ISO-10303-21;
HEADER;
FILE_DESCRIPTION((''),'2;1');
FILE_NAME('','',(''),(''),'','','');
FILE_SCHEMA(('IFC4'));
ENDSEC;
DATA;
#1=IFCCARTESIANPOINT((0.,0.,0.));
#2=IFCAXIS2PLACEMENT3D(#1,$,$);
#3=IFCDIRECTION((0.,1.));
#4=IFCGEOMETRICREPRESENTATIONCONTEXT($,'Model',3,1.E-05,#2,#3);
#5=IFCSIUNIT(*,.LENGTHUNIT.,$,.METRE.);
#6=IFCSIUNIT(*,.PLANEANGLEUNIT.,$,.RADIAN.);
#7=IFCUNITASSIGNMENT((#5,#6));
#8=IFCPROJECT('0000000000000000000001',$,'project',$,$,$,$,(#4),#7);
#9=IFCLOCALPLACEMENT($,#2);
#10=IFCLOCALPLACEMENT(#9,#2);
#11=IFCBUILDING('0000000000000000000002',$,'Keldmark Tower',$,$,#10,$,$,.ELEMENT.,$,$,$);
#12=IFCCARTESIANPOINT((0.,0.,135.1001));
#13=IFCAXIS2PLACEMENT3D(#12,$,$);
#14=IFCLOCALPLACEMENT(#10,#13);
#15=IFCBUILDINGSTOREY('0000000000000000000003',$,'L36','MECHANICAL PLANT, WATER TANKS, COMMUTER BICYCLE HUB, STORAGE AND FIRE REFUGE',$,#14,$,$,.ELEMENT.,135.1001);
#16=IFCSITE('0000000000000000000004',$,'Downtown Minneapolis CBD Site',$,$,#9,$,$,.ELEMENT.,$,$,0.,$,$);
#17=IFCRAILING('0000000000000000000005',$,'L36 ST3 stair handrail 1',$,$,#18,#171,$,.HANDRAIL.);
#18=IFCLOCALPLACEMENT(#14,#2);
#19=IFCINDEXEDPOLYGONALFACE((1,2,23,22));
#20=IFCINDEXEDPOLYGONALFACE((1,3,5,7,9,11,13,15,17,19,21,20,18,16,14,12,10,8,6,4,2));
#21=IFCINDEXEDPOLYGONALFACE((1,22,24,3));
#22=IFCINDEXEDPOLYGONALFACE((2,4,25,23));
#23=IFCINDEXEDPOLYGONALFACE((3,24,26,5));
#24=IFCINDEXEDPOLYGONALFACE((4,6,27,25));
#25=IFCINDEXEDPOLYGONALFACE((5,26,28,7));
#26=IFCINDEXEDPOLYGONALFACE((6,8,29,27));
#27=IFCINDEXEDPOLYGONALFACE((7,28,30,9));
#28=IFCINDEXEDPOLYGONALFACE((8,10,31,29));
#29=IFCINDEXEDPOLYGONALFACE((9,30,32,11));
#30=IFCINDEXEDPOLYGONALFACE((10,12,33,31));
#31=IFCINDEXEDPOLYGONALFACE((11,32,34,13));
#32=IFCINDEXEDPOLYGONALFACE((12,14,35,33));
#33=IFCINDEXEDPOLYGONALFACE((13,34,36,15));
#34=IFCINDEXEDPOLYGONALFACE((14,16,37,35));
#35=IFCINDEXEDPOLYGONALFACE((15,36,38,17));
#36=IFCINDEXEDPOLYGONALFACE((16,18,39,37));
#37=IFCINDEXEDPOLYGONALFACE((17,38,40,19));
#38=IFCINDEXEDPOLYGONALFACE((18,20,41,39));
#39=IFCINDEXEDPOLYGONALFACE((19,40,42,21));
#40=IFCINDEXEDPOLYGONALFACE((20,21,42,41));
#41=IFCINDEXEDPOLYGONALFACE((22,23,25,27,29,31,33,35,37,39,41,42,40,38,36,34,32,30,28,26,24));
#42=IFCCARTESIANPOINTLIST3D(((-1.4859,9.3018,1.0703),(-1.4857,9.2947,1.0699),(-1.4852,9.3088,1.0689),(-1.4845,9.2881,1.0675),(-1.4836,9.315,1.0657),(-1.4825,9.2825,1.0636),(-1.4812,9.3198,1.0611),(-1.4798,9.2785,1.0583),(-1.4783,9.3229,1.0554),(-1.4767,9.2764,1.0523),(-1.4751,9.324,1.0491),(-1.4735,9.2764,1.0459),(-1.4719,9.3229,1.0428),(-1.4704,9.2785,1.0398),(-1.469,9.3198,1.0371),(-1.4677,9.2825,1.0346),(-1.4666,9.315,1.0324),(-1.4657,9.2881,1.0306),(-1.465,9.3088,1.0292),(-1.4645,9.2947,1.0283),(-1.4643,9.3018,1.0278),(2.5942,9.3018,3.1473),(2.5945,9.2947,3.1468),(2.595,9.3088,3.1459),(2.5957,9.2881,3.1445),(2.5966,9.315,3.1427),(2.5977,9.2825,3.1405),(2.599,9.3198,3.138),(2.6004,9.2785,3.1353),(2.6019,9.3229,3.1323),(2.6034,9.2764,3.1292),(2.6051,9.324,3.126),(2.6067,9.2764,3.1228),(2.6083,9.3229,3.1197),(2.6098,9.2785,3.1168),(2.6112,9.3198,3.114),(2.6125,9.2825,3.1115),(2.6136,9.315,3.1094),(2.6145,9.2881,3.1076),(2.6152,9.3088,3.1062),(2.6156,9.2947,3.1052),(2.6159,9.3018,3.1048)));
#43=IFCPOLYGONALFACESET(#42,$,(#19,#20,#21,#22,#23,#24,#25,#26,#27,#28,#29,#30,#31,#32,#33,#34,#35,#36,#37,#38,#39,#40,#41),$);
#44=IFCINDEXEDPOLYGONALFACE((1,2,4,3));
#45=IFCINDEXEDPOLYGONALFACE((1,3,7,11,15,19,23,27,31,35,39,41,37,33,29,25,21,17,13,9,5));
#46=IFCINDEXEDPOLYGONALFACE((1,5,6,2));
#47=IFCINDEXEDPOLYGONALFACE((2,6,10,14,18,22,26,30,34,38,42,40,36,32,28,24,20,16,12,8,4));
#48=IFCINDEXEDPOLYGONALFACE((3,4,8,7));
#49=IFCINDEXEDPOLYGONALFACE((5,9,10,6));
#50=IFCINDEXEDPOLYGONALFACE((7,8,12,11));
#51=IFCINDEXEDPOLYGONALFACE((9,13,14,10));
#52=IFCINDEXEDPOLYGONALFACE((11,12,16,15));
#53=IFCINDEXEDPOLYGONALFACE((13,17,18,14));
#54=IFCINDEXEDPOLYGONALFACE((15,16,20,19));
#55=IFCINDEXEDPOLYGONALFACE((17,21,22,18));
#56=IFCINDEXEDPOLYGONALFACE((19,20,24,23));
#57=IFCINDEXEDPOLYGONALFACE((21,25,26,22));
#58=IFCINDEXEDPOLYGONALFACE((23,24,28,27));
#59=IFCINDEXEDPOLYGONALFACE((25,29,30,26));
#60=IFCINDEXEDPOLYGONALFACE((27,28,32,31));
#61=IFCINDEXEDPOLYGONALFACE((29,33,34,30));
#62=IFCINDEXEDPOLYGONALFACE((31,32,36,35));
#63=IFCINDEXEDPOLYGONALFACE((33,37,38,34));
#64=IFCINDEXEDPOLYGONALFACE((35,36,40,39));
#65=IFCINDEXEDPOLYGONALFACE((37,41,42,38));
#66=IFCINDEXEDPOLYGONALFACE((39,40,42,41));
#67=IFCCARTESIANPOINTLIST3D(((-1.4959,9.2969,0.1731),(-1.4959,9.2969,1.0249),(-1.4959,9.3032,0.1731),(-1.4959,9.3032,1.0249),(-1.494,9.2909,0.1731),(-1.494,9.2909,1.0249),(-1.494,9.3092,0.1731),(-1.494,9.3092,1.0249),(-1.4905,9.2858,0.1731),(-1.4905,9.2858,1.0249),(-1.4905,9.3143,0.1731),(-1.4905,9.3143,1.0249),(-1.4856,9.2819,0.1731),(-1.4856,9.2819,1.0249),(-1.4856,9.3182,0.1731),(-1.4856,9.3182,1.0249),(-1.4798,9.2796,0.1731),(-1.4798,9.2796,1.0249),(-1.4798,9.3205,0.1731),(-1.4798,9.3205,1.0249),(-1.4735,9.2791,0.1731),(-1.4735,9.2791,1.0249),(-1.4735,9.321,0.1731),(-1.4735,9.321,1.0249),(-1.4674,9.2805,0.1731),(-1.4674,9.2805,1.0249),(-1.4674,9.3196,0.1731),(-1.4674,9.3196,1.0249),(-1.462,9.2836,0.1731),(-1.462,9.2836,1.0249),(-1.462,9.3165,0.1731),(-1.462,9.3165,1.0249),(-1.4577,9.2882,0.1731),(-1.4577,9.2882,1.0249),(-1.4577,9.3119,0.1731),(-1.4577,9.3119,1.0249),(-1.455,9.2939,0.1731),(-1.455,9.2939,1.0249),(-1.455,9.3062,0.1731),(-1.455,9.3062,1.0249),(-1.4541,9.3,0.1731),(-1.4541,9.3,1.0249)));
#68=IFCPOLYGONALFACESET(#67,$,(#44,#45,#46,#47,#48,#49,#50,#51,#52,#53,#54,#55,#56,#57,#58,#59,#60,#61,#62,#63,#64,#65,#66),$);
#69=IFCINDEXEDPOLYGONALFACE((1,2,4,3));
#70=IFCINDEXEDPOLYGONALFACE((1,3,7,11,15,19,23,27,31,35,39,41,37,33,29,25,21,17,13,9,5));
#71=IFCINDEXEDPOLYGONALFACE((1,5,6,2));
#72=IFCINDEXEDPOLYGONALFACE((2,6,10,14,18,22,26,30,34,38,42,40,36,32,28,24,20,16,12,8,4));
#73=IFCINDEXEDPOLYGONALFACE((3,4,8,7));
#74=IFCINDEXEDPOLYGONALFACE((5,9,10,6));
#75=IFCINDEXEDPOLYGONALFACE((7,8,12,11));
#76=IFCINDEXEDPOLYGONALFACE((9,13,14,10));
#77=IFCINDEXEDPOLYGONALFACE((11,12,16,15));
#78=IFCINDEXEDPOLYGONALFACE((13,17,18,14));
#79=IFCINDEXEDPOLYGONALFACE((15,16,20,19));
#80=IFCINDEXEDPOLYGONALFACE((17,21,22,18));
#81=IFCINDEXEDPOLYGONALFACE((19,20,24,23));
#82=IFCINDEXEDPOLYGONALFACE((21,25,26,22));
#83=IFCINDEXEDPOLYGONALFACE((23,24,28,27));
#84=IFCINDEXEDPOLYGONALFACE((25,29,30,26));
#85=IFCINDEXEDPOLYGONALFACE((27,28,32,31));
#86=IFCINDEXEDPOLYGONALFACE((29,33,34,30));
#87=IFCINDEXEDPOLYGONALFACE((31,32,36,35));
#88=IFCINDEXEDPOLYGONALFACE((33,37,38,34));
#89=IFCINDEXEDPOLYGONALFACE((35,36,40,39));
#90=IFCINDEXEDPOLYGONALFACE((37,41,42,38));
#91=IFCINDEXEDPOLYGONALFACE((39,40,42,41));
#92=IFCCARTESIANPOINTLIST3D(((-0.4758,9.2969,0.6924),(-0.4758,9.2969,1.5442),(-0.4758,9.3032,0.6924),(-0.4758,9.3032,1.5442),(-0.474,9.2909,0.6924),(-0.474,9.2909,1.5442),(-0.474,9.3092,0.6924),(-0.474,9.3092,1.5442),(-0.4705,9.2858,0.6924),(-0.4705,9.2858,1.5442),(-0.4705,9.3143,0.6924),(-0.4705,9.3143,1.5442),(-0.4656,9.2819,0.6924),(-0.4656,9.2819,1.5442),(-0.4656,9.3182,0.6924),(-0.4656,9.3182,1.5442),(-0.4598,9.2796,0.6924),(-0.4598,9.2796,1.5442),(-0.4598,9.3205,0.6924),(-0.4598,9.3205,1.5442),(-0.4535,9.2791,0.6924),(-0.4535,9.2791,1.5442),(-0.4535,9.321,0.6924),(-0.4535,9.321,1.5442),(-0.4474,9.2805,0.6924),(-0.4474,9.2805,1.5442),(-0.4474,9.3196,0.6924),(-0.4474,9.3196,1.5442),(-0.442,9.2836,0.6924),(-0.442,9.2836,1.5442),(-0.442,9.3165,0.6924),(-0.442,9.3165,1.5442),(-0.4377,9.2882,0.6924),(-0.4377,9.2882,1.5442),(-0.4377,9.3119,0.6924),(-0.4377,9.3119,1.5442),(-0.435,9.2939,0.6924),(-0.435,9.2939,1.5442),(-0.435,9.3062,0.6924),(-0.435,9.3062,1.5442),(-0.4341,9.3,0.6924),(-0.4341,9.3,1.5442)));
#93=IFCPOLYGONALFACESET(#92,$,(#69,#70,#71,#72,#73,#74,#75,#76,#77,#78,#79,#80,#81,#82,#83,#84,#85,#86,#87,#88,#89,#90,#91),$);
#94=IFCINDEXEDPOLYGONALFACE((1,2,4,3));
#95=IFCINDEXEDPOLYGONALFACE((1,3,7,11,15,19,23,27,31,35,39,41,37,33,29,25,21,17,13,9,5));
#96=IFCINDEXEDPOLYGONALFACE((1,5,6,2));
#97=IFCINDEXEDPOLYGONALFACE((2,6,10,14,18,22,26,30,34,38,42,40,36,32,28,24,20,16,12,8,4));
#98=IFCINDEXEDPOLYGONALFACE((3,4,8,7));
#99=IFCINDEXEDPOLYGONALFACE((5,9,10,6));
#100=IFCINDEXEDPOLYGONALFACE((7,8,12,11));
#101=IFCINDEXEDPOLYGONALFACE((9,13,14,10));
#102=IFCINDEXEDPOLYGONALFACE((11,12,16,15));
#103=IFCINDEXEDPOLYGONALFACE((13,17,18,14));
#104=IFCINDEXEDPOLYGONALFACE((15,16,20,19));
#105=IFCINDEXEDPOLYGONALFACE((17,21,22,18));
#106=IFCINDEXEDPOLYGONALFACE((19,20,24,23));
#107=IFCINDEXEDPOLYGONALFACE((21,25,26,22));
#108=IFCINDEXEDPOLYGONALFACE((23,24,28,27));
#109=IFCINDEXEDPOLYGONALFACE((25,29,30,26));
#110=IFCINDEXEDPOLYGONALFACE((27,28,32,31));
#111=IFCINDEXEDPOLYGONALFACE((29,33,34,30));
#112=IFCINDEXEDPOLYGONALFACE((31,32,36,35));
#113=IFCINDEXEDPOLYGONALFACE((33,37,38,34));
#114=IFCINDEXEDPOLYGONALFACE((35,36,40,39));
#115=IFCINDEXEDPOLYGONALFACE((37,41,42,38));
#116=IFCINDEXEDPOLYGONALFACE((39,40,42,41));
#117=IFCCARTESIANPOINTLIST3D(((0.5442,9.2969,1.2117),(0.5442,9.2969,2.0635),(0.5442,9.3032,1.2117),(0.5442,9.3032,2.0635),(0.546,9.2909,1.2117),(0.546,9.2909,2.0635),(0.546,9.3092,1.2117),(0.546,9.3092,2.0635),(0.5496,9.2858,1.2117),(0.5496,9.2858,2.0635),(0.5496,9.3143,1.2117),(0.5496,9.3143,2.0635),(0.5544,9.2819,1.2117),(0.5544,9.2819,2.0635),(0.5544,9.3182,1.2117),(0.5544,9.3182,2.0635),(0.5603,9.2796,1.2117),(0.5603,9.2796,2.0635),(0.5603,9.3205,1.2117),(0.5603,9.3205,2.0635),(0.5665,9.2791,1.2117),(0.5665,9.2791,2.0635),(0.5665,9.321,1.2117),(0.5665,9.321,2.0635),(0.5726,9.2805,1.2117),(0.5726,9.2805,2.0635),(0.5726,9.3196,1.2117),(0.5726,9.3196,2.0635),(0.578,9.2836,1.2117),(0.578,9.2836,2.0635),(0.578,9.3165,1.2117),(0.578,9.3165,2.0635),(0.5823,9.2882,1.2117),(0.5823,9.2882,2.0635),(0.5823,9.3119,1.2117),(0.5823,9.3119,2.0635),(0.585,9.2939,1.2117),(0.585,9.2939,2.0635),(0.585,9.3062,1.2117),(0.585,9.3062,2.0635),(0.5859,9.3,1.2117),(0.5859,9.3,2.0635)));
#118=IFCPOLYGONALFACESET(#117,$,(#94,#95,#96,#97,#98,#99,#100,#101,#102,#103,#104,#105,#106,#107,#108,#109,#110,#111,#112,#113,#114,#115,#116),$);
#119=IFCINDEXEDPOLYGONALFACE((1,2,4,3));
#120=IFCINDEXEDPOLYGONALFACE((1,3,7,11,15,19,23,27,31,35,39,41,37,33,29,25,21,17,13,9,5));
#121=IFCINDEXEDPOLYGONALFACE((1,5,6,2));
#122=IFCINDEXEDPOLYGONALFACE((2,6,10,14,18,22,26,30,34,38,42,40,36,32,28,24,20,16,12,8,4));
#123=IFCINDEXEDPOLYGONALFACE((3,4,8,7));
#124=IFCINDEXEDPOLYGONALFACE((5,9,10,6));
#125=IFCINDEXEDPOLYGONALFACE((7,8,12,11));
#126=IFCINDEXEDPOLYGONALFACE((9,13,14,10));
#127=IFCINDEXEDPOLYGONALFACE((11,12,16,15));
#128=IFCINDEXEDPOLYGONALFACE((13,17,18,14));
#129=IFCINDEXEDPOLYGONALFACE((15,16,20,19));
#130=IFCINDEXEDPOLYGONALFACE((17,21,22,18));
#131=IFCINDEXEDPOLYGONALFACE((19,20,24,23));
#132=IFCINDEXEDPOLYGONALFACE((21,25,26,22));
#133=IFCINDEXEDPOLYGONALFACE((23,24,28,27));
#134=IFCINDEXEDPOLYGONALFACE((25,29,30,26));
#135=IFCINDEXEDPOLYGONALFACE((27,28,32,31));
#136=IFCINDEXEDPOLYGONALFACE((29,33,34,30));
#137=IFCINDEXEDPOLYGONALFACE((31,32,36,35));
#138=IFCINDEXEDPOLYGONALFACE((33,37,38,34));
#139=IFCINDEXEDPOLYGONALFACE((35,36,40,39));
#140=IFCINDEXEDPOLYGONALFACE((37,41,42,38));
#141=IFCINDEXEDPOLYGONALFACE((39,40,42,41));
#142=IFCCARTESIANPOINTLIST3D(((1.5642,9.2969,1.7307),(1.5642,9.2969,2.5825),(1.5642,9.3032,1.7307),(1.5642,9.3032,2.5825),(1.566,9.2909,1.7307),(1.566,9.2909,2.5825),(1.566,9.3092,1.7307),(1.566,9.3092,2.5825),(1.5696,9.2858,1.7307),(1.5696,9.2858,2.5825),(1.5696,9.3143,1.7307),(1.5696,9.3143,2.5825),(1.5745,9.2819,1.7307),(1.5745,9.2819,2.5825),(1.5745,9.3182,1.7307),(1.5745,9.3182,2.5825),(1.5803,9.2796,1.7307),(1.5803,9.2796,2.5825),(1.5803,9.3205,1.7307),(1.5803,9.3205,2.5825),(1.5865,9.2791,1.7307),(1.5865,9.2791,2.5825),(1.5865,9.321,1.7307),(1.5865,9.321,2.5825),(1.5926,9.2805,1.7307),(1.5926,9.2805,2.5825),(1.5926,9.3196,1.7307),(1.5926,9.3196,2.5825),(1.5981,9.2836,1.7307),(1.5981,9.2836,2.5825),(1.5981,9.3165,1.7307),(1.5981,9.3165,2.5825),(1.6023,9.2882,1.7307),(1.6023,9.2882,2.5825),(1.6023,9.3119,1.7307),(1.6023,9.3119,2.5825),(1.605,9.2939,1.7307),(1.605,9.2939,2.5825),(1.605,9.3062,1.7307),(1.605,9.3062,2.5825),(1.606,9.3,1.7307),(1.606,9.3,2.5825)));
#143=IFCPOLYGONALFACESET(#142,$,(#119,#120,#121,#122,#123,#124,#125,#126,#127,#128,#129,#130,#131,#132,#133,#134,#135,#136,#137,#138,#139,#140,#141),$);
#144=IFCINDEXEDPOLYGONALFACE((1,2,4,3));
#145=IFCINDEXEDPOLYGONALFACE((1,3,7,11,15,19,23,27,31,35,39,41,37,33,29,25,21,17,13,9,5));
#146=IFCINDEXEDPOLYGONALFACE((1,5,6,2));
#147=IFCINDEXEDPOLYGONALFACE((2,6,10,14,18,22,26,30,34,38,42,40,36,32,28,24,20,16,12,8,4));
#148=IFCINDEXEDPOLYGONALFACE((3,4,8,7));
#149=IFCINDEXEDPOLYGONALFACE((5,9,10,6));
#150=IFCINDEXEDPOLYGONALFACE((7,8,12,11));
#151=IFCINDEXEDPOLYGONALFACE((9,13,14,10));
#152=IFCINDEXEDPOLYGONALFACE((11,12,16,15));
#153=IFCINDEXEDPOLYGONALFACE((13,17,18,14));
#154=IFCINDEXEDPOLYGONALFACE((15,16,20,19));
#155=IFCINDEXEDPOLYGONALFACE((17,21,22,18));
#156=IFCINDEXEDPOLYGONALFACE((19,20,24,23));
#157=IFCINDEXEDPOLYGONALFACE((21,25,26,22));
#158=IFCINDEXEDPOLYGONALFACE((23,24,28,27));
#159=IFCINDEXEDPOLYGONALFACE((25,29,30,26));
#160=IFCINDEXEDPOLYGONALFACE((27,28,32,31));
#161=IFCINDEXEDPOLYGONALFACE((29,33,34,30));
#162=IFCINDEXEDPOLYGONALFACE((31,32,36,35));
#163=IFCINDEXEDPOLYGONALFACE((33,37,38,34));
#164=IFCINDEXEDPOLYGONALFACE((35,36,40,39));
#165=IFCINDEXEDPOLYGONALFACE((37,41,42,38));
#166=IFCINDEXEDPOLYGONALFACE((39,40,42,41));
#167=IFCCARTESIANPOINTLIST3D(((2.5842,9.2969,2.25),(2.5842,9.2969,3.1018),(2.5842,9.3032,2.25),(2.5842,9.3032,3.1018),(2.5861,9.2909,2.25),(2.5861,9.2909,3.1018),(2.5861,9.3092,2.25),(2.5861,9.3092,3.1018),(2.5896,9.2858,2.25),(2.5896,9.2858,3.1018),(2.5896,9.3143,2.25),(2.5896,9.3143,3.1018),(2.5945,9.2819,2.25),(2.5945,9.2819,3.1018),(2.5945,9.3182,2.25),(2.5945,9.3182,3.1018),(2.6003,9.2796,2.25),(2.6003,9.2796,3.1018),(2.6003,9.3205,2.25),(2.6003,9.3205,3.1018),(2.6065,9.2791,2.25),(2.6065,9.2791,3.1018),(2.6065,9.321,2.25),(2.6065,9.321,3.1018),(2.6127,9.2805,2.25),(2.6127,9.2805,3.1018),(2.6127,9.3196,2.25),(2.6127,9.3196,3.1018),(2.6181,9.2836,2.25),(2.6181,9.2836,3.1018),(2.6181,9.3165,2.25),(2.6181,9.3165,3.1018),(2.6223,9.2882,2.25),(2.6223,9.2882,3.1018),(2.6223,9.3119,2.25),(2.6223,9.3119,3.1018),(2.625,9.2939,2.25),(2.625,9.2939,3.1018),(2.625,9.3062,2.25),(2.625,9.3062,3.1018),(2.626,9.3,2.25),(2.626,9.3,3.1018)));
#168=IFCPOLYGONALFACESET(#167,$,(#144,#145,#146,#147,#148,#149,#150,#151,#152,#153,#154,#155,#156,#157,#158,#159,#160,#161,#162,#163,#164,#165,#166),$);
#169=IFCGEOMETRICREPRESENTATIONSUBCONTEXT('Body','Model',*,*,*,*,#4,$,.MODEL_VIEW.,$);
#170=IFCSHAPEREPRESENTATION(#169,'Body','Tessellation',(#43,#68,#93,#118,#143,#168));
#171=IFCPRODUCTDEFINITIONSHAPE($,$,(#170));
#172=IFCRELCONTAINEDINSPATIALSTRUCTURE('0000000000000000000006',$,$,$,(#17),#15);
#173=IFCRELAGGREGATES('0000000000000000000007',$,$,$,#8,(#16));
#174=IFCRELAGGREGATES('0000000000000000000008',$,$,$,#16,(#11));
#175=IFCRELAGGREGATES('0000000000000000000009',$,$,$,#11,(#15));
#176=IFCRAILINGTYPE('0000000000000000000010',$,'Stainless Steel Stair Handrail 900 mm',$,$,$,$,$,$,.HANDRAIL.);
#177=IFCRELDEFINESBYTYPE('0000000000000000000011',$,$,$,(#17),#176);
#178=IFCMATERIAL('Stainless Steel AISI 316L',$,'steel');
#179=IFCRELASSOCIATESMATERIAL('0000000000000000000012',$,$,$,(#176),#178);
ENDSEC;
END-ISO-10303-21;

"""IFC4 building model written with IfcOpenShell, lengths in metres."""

from ifc_helpers import new_model, si_unit, direction, frame, origin, origin_2d, place, context, subcontext, project, spatial, circle, extrude, material, type_object, element, save


model = new_model("IFC4")

# Units and contexts
model_context = context("Model", 3, precision=1e-05, world=origin(), true_north=direction((0.0, 1.0)))
body_context = subcontext(model_context, "Body", "Model", "MODEL_VIEW")
ifc_project = project(units=[si_unit("LENGTHUNIT", "METRE"), si_unit("PLANEANGLEUNIT", "RADIAN")], contexts=[model_context])

# Site, building, storey
site_placement = place(None, origin())
site = spatial("IfcSite", under=ifc_project, at=site_placement, Name="Downtown Minneapolis CBD Site", CompositionType="ELEMENT", RefElevation=0.0)
building_placement = place(site_placement, origin())
building = spatial("IfcBuilding", under=site, at=building_placement, Name="Keldmark Tower", CompositionType="ELEMENT")
storey_placement = place(building_placement, frame((0.0, 0.0, 135.1001)))
storey = spatial("IfcBuildingStorey", under=building, at=storey_placement, Name="L36", Description="MECHANICAL PLANT, WATER TANKS, COMMUTER BICYCLE HUB, STORAGE AND FIRE REFUGE", CompositionType="ELEMENT", Elevation=135.1001)

# Railing
ifc_material_1 = material(Name="Stainless Steel AISI 316L", Category="steel")
railing_type_1 = type_object("IfcRailingType", Name="Stainless Steel Stair Handrail 900 mm", PredefinedType="HANDRAIL", material=ifc_material_1)
railing_1_placement = place(storey_placement, frame((-1.4751, 9.3, 0.1731)))
element("IfcRailing", 1, at=railing_1_placement, inside=storey, type_object=railing_type_1, Name="L36 ST3 stair handrail 1", PredefinedType="HANDRAIL", context=body_context, shape_type="SweptSolid", body=[
    extrude(circle(Radius=0.0239, at=origin_2d()), frame((0.0, 0.0, 0.876), z_axis=(0.891183, 0.0, 0.453644), x_axis=(0.0, 1.0, 0.0)), (0.0, 0.0, 1.0), 4.5784),
    extrude(circle(Radius=0.021, at=origin_2d()), origin(), (0.0, 0.0, 1.0), 0.8518),
    extrude(circle(Radius=0.021, at=origin_2d()), frame((1.02, 0.0, 0.5193)), (0.0, 0.0, 1.0), 0.8518),
    extrude(circle(Radius=0.021, at=origin_2d()), frame((2.04, 0.0, 1.0386)), (0.0, 0.0, 1.0), 0.8518),
    extrude(circle(Radius=0.021, at=origin_2d()), frame((3.0601, 0.0, 1.5576)), (0.0, 0.0, 1.0), 0.8518),
    extrude(circle(Radius=0.021, at=origin_2d()), frame((4.0801, 0.0, 2.0769)), (0.0, 0.0, 1.0), 0.8518),
])

save(model, "model.ifc")
